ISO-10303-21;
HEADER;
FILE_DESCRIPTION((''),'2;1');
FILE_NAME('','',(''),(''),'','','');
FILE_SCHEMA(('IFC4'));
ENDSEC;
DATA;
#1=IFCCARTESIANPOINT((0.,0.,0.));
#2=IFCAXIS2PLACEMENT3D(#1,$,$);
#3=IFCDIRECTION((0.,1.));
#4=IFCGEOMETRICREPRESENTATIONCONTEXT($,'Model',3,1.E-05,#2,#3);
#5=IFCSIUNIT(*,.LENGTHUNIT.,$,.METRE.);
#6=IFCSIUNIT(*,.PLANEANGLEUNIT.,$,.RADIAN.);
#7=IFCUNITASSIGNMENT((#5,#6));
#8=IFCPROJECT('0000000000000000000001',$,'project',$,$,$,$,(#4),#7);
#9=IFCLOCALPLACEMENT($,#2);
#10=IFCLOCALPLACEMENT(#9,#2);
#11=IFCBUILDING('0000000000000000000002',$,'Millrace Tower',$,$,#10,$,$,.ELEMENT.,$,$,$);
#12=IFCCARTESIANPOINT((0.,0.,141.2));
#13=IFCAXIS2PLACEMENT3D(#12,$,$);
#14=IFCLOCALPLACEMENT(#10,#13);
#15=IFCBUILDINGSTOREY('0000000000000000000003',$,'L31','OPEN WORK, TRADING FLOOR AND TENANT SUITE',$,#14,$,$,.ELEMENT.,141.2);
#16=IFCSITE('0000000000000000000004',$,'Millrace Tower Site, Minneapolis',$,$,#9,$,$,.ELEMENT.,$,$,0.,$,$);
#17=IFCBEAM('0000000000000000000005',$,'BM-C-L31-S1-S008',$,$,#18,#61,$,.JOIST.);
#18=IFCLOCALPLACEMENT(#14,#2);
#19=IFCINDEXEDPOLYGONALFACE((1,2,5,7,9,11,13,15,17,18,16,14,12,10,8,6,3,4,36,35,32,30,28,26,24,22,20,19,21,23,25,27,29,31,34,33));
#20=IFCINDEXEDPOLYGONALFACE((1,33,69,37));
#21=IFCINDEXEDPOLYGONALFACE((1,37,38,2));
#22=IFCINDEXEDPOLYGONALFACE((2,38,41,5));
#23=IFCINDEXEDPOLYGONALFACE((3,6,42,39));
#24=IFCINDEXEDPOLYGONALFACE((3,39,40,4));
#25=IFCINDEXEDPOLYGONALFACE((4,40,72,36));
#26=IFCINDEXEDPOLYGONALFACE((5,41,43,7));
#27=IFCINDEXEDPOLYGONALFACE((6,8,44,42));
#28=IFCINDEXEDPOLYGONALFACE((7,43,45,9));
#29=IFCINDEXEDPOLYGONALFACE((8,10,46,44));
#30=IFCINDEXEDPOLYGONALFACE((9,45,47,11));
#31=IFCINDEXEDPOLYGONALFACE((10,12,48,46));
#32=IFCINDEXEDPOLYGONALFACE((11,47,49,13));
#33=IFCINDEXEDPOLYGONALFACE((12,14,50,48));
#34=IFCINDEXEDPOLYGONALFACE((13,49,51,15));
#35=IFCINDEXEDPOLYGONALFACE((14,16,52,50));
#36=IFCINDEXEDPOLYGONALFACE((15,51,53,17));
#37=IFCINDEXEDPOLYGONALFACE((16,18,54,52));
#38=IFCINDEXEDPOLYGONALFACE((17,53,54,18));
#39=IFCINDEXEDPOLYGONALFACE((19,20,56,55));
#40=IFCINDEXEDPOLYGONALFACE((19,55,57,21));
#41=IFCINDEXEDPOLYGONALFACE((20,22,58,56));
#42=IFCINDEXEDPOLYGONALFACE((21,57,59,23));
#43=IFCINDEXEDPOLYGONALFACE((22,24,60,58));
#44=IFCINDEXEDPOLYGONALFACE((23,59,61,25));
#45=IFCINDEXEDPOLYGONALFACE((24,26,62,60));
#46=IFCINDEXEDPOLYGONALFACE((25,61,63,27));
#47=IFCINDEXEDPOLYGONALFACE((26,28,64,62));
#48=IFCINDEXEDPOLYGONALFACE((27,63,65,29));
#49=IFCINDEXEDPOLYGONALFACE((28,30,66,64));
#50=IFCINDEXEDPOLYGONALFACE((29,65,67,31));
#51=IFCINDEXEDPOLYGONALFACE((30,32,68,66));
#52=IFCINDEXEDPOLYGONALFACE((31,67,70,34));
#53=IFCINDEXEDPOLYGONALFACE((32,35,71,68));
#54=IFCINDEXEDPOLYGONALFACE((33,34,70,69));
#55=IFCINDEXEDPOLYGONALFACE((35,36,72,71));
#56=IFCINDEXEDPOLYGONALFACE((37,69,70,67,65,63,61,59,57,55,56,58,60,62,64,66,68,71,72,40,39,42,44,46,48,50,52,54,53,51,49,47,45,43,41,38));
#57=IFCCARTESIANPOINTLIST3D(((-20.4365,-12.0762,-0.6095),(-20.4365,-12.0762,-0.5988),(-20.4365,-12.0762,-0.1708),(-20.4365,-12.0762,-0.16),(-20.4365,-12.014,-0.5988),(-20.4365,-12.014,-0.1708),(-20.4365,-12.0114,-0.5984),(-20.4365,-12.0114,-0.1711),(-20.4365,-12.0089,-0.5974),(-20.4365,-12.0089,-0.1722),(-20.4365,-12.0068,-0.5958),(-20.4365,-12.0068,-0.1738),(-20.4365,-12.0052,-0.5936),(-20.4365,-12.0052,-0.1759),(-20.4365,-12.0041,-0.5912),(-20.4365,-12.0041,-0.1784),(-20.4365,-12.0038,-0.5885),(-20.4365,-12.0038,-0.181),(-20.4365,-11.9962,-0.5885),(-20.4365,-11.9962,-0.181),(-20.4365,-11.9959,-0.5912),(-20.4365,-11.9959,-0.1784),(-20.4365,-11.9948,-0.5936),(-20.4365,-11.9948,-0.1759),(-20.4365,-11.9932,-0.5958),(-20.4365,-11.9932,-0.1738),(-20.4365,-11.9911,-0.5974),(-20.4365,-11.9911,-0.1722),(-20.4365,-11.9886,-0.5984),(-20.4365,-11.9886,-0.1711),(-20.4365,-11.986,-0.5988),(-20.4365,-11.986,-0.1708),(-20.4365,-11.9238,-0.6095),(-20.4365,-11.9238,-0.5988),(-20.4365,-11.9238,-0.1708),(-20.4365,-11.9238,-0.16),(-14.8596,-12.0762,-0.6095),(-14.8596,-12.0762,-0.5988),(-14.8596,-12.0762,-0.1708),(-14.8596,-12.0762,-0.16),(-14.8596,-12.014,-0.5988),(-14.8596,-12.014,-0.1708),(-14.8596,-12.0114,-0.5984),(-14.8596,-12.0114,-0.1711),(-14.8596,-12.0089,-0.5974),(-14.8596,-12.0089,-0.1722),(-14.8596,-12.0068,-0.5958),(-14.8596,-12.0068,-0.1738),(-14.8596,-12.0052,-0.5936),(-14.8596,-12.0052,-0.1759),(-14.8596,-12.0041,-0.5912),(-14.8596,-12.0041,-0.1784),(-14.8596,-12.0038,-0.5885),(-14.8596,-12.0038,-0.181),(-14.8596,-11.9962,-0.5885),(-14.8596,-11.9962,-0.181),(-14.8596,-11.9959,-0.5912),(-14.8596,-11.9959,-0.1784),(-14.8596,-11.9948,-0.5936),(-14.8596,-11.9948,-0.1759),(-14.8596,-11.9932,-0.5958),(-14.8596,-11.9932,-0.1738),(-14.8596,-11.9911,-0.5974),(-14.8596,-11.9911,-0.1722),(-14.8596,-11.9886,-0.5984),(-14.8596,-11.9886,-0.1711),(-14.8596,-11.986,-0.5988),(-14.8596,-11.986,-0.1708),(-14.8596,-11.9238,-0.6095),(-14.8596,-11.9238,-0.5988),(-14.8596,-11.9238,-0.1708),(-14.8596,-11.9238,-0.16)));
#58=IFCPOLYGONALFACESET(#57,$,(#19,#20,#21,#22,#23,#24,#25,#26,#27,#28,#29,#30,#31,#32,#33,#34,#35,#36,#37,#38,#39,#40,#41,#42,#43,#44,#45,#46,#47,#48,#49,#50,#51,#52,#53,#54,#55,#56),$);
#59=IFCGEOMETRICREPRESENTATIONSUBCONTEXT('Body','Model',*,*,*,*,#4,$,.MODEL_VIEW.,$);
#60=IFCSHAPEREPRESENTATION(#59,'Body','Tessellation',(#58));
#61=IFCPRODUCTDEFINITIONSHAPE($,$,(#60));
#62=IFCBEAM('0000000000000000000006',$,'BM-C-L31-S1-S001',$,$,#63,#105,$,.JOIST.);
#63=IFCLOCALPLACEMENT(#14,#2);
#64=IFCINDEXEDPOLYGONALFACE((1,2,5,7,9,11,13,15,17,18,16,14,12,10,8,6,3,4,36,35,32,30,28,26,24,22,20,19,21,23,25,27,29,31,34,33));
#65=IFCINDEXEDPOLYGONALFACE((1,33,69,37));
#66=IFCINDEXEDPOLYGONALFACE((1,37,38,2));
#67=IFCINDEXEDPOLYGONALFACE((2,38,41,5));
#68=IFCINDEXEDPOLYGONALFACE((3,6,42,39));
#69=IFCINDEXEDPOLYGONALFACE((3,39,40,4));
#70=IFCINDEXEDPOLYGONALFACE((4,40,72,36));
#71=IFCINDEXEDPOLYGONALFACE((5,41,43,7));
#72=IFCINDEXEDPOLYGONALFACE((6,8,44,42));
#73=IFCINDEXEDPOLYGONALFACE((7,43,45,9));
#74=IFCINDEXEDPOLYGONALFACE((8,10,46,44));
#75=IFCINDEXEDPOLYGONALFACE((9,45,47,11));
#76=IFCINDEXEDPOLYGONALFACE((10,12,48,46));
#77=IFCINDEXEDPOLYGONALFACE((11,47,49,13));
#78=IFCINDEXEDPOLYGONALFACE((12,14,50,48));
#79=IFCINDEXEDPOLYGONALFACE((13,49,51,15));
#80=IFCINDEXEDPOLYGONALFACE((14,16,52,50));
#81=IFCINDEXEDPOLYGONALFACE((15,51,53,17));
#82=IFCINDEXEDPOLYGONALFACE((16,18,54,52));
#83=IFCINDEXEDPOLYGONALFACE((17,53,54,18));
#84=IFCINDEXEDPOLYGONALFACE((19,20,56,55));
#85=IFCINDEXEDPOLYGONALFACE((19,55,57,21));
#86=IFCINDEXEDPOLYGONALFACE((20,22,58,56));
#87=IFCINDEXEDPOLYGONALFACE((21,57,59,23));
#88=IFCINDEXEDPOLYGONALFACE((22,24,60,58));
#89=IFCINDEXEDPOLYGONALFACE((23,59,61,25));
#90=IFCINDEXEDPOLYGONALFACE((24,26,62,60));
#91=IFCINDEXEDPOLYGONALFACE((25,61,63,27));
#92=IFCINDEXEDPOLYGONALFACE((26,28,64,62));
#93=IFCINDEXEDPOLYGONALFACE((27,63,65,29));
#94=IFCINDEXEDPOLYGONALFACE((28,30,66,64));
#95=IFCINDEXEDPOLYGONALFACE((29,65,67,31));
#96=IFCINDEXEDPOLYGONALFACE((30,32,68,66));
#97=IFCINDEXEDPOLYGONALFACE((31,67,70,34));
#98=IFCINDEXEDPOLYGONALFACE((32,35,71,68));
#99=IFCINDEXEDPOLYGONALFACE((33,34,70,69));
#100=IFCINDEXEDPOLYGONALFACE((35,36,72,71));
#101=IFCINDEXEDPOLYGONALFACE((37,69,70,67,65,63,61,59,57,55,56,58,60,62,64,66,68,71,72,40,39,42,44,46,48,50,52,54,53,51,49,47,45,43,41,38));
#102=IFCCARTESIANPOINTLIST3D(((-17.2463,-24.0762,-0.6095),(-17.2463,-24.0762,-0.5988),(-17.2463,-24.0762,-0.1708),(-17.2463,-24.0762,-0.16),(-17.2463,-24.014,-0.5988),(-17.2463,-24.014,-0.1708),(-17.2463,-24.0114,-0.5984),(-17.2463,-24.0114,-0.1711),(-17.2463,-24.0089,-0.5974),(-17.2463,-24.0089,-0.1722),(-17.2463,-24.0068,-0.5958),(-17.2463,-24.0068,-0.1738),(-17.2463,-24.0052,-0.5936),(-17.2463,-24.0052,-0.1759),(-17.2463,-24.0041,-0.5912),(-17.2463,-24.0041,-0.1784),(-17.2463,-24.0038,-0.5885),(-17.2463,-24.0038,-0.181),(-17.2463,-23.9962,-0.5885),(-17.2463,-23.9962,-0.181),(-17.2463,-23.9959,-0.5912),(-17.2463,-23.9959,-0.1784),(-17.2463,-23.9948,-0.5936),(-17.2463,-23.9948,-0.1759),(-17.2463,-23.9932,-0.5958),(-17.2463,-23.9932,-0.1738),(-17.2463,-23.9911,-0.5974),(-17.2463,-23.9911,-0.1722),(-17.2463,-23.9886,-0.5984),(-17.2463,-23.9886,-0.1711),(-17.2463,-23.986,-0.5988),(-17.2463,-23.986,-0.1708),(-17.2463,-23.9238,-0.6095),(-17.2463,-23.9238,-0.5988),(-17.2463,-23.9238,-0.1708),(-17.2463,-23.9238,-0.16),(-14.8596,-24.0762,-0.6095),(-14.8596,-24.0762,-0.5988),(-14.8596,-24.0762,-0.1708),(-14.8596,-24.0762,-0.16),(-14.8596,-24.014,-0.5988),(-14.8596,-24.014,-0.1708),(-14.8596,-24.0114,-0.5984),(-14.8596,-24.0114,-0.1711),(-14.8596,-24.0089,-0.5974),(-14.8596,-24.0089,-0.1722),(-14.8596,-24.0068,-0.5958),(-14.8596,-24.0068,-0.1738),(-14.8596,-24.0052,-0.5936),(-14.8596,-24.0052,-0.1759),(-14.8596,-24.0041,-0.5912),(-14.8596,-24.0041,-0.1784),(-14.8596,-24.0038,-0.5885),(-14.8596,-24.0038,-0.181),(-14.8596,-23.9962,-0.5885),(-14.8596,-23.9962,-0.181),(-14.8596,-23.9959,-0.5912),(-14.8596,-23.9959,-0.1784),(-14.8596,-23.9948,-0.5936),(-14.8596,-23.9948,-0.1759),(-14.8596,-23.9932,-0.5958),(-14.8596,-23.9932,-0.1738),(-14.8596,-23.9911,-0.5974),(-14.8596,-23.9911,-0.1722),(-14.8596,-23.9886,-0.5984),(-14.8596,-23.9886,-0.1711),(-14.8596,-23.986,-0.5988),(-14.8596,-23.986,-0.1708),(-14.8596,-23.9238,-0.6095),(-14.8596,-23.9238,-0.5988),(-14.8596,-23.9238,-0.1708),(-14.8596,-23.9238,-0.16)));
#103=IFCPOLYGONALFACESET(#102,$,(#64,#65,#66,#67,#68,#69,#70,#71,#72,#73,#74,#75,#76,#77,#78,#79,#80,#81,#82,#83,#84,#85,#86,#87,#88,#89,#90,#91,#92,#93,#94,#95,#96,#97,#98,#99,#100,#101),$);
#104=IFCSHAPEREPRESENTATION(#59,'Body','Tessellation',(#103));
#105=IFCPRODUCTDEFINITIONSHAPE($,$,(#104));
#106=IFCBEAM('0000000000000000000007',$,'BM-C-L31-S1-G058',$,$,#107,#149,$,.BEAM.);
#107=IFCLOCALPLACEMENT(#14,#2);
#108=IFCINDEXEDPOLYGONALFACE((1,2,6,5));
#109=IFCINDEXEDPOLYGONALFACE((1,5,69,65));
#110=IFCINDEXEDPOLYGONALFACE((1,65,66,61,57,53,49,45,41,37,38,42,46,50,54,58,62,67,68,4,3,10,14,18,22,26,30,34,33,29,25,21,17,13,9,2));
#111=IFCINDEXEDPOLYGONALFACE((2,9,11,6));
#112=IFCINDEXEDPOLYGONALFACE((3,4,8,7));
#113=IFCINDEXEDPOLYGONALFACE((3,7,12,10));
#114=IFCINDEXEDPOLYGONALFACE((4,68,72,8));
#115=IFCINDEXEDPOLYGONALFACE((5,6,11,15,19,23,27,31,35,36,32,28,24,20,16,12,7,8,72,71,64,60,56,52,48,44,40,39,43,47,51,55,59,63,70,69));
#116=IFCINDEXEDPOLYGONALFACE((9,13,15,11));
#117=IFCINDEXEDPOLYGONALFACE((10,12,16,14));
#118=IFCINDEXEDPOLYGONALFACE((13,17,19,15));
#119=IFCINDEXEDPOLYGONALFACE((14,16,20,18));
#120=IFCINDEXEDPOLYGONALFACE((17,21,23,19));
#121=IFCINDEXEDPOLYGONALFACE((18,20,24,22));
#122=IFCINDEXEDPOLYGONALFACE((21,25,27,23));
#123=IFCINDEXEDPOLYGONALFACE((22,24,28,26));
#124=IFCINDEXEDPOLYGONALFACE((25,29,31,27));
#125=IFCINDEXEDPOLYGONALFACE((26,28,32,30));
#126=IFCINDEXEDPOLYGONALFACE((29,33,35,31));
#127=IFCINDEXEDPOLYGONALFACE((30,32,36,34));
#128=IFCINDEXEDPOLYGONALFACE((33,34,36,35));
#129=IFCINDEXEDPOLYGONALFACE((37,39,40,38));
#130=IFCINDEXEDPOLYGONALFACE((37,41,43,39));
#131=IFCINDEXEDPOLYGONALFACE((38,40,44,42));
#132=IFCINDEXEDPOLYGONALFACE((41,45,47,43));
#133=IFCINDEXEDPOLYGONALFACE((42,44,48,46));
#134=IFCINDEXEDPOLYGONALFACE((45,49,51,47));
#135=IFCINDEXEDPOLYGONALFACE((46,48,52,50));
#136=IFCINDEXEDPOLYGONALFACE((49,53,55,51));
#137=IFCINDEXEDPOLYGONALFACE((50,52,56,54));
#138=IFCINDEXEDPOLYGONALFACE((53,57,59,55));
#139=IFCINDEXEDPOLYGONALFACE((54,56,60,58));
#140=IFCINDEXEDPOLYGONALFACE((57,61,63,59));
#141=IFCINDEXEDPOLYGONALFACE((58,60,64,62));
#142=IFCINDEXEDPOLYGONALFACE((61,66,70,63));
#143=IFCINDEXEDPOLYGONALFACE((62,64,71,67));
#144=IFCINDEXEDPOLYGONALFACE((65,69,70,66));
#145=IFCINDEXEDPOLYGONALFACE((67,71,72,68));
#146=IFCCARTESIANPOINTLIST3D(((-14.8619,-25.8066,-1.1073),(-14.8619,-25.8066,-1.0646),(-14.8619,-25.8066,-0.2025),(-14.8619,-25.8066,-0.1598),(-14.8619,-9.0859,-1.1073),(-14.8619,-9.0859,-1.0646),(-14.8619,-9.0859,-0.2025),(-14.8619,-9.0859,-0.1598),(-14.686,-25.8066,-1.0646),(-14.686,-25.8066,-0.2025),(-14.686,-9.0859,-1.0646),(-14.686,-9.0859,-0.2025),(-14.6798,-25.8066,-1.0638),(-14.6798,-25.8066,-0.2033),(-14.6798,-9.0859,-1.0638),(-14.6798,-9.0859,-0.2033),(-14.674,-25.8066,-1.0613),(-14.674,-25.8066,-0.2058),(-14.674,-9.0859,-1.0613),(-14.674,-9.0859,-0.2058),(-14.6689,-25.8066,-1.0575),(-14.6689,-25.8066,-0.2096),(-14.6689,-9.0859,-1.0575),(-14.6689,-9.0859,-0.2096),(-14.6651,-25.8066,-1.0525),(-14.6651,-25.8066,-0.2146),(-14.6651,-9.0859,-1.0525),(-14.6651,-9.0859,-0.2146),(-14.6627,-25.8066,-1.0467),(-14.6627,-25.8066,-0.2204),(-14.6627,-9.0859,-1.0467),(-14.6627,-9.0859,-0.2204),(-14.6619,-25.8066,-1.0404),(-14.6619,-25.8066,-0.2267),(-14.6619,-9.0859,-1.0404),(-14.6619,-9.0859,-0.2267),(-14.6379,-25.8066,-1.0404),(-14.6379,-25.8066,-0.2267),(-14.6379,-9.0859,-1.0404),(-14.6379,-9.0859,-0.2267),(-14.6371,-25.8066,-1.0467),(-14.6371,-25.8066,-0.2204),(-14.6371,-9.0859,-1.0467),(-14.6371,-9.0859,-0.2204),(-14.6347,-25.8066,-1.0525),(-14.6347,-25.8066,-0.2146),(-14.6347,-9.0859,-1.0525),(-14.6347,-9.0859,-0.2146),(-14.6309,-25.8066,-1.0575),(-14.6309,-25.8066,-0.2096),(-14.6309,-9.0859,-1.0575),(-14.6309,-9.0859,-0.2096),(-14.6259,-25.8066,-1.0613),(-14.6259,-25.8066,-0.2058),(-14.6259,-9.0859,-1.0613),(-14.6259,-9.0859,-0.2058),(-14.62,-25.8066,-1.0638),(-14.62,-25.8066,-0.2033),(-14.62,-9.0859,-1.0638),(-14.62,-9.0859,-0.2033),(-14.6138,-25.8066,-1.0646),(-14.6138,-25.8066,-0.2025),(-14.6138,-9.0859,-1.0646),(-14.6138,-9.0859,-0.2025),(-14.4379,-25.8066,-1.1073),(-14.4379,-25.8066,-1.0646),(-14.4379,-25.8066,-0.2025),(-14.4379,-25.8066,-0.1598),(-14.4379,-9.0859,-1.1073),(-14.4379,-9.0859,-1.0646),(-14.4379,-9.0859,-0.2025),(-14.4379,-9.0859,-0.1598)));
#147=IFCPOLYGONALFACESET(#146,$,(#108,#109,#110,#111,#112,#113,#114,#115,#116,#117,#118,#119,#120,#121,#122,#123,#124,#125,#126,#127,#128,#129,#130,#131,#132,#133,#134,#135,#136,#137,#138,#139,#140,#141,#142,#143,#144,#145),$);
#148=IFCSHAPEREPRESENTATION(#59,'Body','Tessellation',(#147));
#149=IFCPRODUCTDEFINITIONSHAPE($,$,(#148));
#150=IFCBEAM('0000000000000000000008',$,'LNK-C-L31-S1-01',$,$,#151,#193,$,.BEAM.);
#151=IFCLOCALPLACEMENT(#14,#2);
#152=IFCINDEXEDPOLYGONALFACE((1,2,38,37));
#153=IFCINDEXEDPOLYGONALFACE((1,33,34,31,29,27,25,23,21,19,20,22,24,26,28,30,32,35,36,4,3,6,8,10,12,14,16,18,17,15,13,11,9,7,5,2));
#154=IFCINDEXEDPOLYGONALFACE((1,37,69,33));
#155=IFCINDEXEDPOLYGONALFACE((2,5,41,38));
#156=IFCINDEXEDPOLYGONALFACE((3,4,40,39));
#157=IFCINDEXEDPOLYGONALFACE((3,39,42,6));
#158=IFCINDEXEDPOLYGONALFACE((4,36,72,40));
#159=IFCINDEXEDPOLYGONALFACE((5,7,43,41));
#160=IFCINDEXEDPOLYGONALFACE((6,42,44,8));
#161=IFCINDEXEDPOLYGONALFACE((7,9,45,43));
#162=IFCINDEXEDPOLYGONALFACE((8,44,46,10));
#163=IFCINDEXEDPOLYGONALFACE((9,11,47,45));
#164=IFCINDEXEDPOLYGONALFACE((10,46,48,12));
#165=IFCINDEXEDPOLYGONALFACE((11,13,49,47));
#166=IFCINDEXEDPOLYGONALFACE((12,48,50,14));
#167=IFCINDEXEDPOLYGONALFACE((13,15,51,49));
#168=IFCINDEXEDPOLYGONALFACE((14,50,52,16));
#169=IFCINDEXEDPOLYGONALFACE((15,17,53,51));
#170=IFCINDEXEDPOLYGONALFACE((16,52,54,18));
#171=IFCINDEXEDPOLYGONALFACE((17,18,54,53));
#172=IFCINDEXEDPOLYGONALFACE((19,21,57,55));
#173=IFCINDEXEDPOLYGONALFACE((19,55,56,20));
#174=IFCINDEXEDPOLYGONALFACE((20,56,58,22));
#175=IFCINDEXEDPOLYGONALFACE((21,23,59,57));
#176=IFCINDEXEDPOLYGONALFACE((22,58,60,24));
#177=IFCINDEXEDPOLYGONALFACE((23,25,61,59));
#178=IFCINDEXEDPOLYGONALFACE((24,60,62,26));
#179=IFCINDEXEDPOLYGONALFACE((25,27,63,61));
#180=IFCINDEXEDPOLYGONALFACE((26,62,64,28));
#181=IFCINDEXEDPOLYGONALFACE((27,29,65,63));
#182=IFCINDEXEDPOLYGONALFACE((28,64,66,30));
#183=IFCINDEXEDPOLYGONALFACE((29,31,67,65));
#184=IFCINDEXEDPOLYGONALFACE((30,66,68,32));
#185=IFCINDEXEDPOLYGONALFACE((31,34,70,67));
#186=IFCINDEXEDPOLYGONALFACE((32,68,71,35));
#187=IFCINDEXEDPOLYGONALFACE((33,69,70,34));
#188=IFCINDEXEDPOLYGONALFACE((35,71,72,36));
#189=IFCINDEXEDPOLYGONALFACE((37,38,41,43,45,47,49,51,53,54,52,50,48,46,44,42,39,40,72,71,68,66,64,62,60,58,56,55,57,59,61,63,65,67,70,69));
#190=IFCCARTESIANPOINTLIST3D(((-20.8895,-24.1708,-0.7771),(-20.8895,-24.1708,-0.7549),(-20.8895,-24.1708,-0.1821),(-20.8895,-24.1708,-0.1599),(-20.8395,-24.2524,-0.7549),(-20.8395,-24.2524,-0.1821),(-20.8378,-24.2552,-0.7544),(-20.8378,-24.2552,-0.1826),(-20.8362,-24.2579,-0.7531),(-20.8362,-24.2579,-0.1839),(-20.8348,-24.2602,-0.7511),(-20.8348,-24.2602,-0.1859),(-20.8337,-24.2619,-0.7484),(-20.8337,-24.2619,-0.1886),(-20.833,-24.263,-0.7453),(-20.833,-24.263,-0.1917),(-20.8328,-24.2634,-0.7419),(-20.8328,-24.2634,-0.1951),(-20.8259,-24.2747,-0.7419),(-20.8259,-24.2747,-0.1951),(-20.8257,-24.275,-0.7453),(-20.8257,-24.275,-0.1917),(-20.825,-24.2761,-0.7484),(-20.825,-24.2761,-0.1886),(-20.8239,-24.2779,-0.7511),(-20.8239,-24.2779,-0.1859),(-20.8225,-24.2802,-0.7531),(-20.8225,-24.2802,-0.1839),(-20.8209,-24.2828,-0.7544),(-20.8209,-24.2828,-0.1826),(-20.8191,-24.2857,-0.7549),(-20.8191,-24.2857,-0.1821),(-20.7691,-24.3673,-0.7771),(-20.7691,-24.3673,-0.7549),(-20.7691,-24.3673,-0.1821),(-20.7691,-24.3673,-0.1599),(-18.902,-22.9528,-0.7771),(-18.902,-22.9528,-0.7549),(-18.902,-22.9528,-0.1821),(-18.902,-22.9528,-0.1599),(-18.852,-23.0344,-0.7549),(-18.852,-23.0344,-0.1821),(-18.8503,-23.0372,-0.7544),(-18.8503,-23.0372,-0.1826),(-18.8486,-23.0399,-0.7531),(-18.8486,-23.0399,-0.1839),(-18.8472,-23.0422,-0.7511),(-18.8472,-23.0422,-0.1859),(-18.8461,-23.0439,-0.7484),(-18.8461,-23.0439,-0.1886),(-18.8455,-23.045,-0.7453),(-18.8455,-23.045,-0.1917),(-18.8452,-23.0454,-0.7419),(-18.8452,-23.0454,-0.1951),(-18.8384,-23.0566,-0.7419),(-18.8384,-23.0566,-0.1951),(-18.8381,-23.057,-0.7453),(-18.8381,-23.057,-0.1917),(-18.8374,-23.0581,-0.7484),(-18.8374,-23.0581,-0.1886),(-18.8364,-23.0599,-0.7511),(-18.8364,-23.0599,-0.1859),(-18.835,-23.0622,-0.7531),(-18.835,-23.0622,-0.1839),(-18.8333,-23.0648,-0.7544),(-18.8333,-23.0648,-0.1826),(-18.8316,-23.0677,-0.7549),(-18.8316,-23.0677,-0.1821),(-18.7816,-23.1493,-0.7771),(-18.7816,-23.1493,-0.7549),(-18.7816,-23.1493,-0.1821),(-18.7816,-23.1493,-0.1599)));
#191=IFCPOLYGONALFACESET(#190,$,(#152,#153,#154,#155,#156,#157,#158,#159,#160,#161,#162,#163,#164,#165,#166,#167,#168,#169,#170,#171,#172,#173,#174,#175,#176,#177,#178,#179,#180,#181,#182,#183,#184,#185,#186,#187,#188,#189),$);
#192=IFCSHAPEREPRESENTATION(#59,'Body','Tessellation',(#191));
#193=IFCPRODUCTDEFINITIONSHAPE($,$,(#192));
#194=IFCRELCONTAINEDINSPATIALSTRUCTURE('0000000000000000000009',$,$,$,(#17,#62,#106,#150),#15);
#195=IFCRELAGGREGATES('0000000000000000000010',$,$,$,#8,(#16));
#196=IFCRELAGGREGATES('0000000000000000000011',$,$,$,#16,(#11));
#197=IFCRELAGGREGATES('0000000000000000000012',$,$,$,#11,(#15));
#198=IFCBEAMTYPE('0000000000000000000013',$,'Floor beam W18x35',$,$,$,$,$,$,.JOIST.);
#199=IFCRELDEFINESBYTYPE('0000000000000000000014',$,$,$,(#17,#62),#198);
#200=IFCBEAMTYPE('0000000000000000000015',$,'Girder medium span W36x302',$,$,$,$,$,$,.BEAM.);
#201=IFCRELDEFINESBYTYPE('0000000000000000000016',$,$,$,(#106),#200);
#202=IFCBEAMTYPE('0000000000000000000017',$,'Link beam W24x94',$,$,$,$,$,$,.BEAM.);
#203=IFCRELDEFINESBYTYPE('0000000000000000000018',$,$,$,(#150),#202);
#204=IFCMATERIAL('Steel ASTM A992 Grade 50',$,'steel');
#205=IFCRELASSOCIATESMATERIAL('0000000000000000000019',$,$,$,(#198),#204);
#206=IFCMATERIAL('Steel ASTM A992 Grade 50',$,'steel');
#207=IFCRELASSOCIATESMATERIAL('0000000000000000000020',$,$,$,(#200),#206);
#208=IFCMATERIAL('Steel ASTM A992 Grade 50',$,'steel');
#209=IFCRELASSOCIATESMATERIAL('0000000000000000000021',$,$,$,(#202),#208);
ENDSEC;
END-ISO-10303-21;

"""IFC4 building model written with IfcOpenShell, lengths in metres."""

from ifc_helpers import new_model, si_unit, direction, frame, origin, origin_2d, place, context, subcontext, project, spatial, i_section, extrude, material, material_profile, profile_set, type_object, element, save


model = new_model("IFC4")

# Units and contexts
model_context = context("Model", 3, precision=1e-05, world=origin(), true_north=direction((0.0, 1.0)))
body_context = subcontext(model_context, "Body", "Model", "MODEL_VIEW")
ifc_project = project(units=[si_unit("LENGTHUNIT", "METRE"), si_unit("PLANEANGLEUNIT", "RADIAN")], contexts=[model_context])

# Site, building, storey
site_placement = place(None, origin())
site = spatial("IfcSite", under=ifc_project, at=site_placement, Name="Millrace Tower Site, Minneapolis", CompositionType="ELEMENT", RefElevation=0.0)
building_placement = place(site_placement, origin())
building = spatial("IfcBuilding", under=site, at=building_placement, Name="Millrace Tower", CompositionType="ELEMENT")
storey_placement = place(building_placement, frame((0.0, 0.0, 141.2)))
storey = spatial("IfcBuildingStorey", under=building, at=storey_placement, Name="L31", Description="OPEN WORK, TRADING FLOOR AND TENANT SUITE", CompositionType="ELEMENT", Elevation=141.2)

# Beams
ifc_material_1 = material(Name="Steel ASTM A992 Grade 50", Category="steel")
ifc_material_profile_1 = material_profile(ifc_material_1, i_section(OverallWidth=0.1523, OverallDepth=0.4495, WebThickness=0.0076, FlangeThickness=0.0107, FilletRadius=0.0103, at=origin_2d()))
ifc_profile_set_1 = profile_set([ifc_material_profile_1], Name="Steel ASTM A992 Grade 50")
beam_type_1 = type_object("IfcBeamType", Name="Floor beam W18x35", PredefinedType="JOIST", material=ifc_profile_set_1)
beam_1_placement = place(storey_placement, frame((-20.4365, -12.0, -0.3848), z_axis=(1.0, 0.0, 0.0), x_axis=(0.0, 1.0, 0.0)))
element("IfcBeam", 1, at=beam_1_placement, inside=storey, type_object=beam_type_1, Name="BM-C-L31-S1-S008", PredefinedType="JOIST", context=body_context, shape_type="SweptSolid", body=[
    extrude(i_section(OverallWidth=0.1523, OverallDepth=0.4495, WebThickness=0.0076, FlangeThickness=0.0107, FilletRadius=0.0103, at=origin_2d()), origin(), (0.0, 0.0, 1.0), 5.5769),
])
beam_2_placement = place(storey_placement, frame((-17.2463, -24.0, -0.3848), z_axis=(1.0, 0.0, 0.0), x_axis=(0.0, 1.0, 0.0)))
element("IfcBeam", 2, at=beam_2_placement, inside=storey, type_object=beam_type_1, Name="BM-C-L31-S1-S001", PredefinedType="JOIST", context=body_context, shape_type="SweptSolid", body=[
    extrude(i_section(OverallWidth=0.1523, OverallDepth=0.4495, WebThickness=0.0076, FlangeThickness=0.0107, FilletRadius=0.0103, at=origin_2d()), origin(), (0.0, 0.0, 1.0), 2.3867),
])
ifc_material_2 = material(Name="Steel ASTM A992 Grade 50", Category="steel")
ifc_material_profile_2 = material_profile(ifc_material_2, i_section(OverallWidth=0.4241, OverallDepth=0.9475, WebThickness=0.0239, FlangeThickness=0.0427, FilletRadius=0.0242, at=origin_2d()))
ifc_profile_set_2 = profile_set([ifc_material_profile_2], Name="Steel ASTM A992 Grade 50")
beam_type_2 = type_object("IfcBeamType", Name="Girder medium span W36x302", PredefinedType="BEAM", material=ifc_profile_set_2)
beam_3_placement = place(storey_placement, frame((-14.6499, -25.8066, -0.6335), z_axis=(0.0, 1.0, 0.0), x_axis=(-1.0, 0.0, 0.0)))
element("IfcBeam", 3, at=beam_3_placement, inside=storey, type_object=beam_type_2, Name="BM-C-L31-S1-G058", PredefinedType="BEAM", context=body_context, shape_type="SweptSolid", body=[
    extrude(i_section(OverallWidth=0.4241, OverallDepth=0.9475, WebThickness=0.0239, FlangeThickness=0.0427, FilletRadius=0.0242, at=origin_2d()), origin(), (0.0, 0.0, 1.0), 16.7207),
])
ifc_material_3 = material(Name="Steel ASTM A992 Grade 50", Category="steel")
ifc_material_profile_3 = material_profile(ifc_material_3, i_section(OverallWidth=0.2305, OverallDepth=0.6172, WebThickness=0.0132, FlangeThickness=0.0222, FilletRadius=0.0129, at=origin_2d()))
ifc_profile_set_3 = profile_set([ifc_material_profile_3], Name="Steel ASTM A992 Grade 50")
beam_type_3 = type_object("IfcBeamType", Name="Link beam W24x94", PredefinedType="BEAM", material=ifc_profile_set_3)
beam_4_placement = place(storey_placement, frame((-18.8418, -23.051, -0.4685), z_axis=(-0.852631, -0.522513, 0.0), x_axis=(0.522513, -0.852631, 0.0)))
element("IfcBeam", 4, at=beam_4_placement, inside=storey, type_object=beam_type_3, Name="LNK-C-L31-S1-01", PredefinedType="BEAM", context=body_context, shape_type="SweptSolid", body=[
    extrude(i_section(OverallWidth=0.2305, OverallDepth=0.6172, WebThickness=0.0132, FlangeThickness=0.0222, FilletRadius=0.0129, at=origin_2d()), origin(), (0.0, 0.0, 1.0), 2.3311),
])

save(model, "model.ifc")
